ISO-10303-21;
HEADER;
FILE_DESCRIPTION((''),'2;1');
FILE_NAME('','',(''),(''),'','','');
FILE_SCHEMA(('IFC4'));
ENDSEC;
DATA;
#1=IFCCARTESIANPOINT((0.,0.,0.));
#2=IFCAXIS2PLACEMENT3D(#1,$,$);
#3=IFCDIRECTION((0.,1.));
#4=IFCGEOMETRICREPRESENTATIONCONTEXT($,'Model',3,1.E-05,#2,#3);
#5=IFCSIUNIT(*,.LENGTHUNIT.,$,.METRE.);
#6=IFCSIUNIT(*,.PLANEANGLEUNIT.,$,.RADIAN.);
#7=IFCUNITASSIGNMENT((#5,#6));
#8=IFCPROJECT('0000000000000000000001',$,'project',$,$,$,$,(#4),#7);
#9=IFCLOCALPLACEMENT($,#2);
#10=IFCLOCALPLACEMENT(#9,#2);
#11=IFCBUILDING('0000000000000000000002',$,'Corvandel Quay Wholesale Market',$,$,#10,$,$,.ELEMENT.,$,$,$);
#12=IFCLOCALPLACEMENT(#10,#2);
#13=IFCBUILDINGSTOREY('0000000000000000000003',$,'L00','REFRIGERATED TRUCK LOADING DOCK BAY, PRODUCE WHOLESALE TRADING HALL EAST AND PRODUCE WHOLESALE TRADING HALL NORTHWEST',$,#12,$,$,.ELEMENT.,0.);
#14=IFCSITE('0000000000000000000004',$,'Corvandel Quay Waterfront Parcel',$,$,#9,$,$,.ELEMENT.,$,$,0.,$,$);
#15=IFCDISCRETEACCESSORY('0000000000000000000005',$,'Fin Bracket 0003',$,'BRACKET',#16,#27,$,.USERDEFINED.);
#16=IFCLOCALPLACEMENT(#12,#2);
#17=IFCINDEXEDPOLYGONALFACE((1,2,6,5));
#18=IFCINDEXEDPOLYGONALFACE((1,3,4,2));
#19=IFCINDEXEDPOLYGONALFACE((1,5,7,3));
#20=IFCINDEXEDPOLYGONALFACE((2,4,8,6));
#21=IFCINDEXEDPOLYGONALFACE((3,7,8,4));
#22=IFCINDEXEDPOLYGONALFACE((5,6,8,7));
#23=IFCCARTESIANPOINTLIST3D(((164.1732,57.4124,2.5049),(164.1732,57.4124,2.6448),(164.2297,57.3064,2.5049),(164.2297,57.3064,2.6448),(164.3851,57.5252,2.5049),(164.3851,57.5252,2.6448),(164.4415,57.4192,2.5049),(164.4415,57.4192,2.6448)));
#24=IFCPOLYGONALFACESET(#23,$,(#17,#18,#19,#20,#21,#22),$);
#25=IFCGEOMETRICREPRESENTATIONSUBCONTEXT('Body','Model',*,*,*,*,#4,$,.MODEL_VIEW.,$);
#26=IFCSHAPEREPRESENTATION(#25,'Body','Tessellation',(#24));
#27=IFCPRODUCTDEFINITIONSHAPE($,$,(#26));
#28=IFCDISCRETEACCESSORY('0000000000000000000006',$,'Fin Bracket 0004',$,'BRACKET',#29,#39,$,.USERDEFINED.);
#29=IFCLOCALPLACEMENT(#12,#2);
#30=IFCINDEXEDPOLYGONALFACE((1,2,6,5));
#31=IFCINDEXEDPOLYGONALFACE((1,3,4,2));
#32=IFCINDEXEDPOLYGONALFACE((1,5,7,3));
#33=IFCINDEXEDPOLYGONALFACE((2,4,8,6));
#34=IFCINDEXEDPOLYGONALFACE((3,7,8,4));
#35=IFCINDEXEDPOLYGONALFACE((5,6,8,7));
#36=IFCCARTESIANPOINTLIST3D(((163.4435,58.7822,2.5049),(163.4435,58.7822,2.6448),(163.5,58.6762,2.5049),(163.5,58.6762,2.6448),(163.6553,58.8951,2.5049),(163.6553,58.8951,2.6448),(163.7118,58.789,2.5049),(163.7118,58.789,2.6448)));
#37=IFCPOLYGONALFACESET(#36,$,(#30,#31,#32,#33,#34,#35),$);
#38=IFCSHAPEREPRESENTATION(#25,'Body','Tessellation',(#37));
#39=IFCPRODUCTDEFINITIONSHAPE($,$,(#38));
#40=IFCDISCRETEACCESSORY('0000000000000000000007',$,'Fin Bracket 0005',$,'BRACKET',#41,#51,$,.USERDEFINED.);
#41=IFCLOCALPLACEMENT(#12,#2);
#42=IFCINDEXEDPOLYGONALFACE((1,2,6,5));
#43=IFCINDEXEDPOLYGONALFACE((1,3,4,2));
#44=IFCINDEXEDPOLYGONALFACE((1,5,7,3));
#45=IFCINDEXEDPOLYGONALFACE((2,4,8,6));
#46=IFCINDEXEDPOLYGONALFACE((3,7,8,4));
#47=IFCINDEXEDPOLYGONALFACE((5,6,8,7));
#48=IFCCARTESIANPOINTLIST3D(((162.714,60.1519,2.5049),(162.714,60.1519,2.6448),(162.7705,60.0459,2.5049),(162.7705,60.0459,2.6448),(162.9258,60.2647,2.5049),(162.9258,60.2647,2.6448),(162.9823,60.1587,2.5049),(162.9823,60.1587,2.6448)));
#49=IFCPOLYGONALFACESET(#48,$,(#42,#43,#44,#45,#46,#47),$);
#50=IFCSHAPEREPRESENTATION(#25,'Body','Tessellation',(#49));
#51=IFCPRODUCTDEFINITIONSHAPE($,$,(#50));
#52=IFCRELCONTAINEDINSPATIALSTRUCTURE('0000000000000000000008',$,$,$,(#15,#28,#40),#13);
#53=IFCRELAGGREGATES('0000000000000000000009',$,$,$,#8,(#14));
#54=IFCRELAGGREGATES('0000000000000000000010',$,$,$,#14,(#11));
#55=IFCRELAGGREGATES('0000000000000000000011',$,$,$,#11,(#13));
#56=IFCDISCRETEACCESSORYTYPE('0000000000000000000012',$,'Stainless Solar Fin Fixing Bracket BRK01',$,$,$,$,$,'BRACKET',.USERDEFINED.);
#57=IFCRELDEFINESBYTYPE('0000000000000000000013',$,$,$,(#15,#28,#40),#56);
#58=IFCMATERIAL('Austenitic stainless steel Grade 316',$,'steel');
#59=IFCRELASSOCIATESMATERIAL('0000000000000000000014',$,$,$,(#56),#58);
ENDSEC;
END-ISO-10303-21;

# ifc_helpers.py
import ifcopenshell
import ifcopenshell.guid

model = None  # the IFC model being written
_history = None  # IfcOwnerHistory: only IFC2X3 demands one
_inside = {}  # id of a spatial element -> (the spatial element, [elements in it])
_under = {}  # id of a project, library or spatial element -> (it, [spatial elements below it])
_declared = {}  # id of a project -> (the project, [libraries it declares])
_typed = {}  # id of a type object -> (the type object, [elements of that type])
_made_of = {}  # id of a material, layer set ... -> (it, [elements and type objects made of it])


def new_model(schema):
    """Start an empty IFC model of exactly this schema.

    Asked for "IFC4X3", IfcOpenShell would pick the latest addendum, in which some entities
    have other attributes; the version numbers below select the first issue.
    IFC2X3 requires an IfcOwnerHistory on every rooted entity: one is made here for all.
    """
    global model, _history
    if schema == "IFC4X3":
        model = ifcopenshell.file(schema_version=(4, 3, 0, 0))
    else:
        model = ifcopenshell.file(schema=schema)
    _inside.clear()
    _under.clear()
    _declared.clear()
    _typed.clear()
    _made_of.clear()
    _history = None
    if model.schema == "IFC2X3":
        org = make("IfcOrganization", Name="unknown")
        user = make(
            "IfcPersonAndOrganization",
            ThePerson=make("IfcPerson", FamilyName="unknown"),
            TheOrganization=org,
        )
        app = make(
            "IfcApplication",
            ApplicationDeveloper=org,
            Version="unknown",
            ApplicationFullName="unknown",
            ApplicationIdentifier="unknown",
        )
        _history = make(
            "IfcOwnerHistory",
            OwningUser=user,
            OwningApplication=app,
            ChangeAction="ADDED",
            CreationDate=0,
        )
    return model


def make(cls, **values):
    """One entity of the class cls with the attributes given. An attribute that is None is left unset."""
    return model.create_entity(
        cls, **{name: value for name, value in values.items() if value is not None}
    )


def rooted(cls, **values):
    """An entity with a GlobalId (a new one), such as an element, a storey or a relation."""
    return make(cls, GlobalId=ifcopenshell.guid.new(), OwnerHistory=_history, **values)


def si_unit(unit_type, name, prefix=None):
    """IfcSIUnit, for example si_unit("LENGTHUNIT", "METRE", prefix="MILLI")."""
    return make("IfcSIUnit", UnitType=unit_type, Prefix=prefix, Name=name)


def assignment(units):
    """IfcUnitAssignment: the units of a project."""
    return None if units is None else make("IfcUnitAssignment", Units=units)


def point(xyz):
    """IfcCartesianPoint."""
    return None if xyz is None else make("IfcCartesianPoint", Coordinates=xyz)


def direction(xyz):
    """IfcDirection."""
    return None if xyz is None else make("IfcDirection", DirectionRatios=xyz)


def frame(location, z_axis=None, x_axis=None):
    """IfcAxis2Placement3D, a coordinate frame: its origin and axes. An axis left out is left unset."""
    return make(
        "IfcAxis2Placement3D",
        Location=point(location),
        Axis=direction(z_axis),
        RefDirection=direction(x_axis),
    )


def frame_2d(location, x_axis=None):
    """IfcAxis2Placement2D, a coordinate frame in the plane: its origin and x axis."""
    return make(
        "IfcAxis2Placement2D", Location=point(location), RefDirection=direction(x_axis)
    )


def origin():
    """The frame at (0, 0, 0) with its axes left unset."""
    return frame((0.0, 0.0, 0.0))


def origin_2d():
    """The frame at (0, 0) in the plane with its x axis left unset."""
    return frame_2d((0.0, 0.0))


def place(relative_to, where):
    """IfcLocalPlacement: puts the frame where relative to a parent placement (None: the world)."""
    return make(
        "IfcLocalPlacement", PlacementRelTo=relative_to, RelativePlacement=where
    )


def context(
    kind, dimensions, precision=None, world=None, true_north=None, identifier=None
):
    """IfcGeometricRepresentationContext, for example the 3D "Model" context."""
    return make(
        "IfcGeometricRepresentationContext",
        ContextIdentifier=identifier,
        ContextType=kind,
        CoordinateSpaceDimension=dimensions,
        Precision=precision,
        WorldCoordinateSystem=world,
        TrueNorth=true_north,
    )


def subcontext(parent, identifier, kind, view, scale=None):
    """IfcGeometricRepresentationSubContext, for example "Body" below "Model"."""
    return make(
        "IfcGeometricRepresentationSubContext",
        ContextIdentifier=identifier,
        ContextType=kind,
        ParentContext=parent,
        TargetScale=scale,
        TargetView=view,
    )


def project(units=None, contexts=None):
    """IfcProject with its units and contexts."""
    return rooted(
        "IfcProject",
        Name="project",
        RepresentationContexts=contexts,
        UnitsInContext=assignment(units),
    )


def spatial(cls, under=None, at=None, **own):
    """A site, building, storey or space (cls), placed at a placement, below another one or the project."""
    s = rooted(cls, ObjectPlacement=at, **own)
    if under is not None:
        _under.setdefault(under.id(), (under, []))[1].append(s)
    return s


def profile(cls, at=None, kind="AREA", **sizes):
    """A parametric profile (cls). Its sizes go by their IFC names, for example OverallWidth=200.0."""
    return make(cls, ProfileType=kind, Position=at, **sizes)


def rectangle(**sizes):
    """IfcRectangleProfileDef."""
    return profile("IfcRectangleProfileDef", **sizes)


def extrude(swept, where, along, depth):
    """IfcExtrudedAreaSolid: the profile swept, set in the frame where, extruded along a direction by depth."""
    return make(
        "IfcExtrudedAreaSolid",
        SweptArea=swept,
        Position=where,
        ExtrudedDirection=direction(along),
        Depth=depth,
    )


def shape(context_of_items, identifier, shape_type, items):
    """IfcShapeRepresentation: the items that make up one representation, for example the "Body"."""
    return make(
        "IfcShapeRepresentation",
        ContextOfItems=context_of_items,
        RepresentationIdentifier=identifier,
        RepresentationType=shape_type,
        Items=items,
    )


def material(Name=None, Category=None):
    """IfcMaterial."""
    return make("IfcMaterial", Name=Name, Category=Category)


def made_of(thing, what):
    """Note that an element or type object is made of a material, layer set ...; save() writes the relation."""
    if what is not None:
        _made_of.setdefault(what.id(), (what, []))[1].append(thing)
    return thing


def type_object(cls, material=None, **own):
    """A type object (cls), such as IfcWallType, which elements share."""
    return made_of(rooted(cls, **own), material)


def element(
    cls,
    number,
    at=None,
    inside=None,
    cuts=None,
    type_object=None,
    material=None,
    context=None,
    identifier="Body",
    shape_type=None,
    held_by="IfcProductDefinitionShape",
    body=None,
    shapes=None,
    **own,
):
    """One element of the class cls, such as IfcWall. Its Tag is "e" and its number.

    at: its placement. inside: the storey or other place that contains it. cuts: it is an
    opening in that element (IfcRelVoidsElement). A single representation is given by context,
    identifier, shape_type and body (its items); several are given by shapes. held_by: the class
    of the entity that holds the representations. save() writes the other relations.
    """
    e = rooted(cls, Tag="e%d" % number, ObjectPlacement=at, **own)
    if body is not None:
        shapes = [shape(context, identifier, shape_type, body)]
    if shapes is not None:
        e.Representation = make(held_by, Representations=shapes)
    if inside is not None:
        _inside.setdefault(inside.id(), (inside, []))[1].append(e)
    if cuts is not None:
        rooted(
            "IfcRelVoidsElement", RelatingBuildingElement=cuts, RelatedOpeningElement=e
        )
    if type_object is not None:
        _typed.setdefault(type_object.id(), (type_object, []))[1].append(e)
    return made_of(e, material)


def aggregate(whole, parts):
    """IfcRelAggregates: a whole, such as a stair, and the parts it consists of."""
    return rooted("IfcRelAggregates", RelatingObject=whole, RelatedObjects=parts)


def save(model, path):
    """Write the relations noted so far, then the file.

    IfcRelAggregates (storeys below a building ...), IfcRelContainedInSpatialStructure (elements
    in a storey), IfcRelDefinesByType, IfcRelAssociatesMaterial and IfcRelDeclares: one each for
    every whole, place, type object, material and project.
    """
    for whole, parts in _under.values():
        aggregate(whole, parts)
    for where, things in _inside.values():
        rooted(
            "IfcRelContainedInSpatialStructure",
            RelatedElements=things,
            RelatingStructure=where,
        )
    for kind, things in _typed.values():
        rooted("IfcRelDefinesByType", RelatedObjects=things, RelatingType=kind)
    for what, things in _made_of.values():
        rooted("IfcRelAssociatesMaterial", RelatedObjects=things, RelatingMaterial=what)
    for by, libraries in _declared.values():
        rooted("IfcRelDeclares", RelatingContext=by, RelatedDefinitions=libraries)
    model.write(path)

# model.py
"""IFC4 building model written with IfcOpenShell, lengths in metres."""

from ifc_helpers import new_model, si_unit, direction, frame, origin, origin_2d, place, context, subcontext, project, spatial, rectangle, extrude, material, type_object, element, save


model = new_model("IFC4")

# Units and contexts
model_context = context("Model", 3, precision=1e-05, world=origin(), true_north=direction((0.0, 1.0)))
body_context = subcontext(model_context, "Body", "Model", "MODEL_VIEW")
ifc_project = project(units=[si_unit("LENGTHUNIT", "METRE"), si_unit("PLANEANGLEUNIT", "RADIAN")], contexts=[model_context])

# Site, building, storey
site_placement = place(None, origin())
site = spatial("IfcSite", under=ifc_project, at=site_placement, Name="Corvandel Quay Waterfront Parcel", CompositionType="ELEMENT", RefElevation=0.0)
building_placement = place(site_placement, origin())
building = spatial("IfcBuilding", under=site, at=building_placement, Name="Corvandel Quay Wholesale Market", CompositionType="ELEMENT")
storey_placement = place(building_placement, origin())
storey = spatial("IfcBuildingStorey", under=building, at=storey_placement, Name="L00", Description="REFRIGERATED TRUCK LOADING DOCK BAY, PRODUCE WHOLESALE TRADING HALL EAST AND PRODUCE WHOLESALE TRADING HALL NORTHWEST", CompositionType="ELEMENT", Elevation=0.0)

# Discrete accessories
ifc_material_1 = material(Name="Austenitic stainless steel Grade 316", Category="steel")
discrete_accessory_type = type_object("IfcDiscreteAccessoryType", Name="Stainless Solar Fin Fixing Bracket BRK01", ElementType="BRACKET", PredefinedType="USERDEFINED", material=ifc_material_1)
for number, where, z_axis, x_axis, name in (
    (1, (164.3074, 57.4158, 2.5049), (0.0, 0.0, 1.0), (0.88262, 0.470088, 0.0), "Fin Bracket 0003"),
    (2, (163.5776, 58.7856, 2.5049), (0.0, 0.0, 1.0), (0.88262, 0.470088, 0.0), "Fin Bracket 0004"),
    (3, (162.8481, 60.1553, 2.5049), (0.0, 0.0, 1.0), (0.88262, 0.470088, 0.0), "Fin Bracket 0005"),
):
    element("IfcDiscreteAccessory", number, at=place(storey_placement, frame(where, z_axis=z_axis, x_axis=x_axis)), inside=storey, type_object=discrete_accessory_type, Name=name, ObjectType="BRACKET", PredefinedType="USERDEFINED", context=body_context, shape_type="SweptSolid", body=[
        extrude(rectangle(XDim=0.24, YDim=0.1201, at=origin_2d()), origin(), (0.0, 0.0, 1.0), 0.1399),
    ])

save(model, "model.ifc")
